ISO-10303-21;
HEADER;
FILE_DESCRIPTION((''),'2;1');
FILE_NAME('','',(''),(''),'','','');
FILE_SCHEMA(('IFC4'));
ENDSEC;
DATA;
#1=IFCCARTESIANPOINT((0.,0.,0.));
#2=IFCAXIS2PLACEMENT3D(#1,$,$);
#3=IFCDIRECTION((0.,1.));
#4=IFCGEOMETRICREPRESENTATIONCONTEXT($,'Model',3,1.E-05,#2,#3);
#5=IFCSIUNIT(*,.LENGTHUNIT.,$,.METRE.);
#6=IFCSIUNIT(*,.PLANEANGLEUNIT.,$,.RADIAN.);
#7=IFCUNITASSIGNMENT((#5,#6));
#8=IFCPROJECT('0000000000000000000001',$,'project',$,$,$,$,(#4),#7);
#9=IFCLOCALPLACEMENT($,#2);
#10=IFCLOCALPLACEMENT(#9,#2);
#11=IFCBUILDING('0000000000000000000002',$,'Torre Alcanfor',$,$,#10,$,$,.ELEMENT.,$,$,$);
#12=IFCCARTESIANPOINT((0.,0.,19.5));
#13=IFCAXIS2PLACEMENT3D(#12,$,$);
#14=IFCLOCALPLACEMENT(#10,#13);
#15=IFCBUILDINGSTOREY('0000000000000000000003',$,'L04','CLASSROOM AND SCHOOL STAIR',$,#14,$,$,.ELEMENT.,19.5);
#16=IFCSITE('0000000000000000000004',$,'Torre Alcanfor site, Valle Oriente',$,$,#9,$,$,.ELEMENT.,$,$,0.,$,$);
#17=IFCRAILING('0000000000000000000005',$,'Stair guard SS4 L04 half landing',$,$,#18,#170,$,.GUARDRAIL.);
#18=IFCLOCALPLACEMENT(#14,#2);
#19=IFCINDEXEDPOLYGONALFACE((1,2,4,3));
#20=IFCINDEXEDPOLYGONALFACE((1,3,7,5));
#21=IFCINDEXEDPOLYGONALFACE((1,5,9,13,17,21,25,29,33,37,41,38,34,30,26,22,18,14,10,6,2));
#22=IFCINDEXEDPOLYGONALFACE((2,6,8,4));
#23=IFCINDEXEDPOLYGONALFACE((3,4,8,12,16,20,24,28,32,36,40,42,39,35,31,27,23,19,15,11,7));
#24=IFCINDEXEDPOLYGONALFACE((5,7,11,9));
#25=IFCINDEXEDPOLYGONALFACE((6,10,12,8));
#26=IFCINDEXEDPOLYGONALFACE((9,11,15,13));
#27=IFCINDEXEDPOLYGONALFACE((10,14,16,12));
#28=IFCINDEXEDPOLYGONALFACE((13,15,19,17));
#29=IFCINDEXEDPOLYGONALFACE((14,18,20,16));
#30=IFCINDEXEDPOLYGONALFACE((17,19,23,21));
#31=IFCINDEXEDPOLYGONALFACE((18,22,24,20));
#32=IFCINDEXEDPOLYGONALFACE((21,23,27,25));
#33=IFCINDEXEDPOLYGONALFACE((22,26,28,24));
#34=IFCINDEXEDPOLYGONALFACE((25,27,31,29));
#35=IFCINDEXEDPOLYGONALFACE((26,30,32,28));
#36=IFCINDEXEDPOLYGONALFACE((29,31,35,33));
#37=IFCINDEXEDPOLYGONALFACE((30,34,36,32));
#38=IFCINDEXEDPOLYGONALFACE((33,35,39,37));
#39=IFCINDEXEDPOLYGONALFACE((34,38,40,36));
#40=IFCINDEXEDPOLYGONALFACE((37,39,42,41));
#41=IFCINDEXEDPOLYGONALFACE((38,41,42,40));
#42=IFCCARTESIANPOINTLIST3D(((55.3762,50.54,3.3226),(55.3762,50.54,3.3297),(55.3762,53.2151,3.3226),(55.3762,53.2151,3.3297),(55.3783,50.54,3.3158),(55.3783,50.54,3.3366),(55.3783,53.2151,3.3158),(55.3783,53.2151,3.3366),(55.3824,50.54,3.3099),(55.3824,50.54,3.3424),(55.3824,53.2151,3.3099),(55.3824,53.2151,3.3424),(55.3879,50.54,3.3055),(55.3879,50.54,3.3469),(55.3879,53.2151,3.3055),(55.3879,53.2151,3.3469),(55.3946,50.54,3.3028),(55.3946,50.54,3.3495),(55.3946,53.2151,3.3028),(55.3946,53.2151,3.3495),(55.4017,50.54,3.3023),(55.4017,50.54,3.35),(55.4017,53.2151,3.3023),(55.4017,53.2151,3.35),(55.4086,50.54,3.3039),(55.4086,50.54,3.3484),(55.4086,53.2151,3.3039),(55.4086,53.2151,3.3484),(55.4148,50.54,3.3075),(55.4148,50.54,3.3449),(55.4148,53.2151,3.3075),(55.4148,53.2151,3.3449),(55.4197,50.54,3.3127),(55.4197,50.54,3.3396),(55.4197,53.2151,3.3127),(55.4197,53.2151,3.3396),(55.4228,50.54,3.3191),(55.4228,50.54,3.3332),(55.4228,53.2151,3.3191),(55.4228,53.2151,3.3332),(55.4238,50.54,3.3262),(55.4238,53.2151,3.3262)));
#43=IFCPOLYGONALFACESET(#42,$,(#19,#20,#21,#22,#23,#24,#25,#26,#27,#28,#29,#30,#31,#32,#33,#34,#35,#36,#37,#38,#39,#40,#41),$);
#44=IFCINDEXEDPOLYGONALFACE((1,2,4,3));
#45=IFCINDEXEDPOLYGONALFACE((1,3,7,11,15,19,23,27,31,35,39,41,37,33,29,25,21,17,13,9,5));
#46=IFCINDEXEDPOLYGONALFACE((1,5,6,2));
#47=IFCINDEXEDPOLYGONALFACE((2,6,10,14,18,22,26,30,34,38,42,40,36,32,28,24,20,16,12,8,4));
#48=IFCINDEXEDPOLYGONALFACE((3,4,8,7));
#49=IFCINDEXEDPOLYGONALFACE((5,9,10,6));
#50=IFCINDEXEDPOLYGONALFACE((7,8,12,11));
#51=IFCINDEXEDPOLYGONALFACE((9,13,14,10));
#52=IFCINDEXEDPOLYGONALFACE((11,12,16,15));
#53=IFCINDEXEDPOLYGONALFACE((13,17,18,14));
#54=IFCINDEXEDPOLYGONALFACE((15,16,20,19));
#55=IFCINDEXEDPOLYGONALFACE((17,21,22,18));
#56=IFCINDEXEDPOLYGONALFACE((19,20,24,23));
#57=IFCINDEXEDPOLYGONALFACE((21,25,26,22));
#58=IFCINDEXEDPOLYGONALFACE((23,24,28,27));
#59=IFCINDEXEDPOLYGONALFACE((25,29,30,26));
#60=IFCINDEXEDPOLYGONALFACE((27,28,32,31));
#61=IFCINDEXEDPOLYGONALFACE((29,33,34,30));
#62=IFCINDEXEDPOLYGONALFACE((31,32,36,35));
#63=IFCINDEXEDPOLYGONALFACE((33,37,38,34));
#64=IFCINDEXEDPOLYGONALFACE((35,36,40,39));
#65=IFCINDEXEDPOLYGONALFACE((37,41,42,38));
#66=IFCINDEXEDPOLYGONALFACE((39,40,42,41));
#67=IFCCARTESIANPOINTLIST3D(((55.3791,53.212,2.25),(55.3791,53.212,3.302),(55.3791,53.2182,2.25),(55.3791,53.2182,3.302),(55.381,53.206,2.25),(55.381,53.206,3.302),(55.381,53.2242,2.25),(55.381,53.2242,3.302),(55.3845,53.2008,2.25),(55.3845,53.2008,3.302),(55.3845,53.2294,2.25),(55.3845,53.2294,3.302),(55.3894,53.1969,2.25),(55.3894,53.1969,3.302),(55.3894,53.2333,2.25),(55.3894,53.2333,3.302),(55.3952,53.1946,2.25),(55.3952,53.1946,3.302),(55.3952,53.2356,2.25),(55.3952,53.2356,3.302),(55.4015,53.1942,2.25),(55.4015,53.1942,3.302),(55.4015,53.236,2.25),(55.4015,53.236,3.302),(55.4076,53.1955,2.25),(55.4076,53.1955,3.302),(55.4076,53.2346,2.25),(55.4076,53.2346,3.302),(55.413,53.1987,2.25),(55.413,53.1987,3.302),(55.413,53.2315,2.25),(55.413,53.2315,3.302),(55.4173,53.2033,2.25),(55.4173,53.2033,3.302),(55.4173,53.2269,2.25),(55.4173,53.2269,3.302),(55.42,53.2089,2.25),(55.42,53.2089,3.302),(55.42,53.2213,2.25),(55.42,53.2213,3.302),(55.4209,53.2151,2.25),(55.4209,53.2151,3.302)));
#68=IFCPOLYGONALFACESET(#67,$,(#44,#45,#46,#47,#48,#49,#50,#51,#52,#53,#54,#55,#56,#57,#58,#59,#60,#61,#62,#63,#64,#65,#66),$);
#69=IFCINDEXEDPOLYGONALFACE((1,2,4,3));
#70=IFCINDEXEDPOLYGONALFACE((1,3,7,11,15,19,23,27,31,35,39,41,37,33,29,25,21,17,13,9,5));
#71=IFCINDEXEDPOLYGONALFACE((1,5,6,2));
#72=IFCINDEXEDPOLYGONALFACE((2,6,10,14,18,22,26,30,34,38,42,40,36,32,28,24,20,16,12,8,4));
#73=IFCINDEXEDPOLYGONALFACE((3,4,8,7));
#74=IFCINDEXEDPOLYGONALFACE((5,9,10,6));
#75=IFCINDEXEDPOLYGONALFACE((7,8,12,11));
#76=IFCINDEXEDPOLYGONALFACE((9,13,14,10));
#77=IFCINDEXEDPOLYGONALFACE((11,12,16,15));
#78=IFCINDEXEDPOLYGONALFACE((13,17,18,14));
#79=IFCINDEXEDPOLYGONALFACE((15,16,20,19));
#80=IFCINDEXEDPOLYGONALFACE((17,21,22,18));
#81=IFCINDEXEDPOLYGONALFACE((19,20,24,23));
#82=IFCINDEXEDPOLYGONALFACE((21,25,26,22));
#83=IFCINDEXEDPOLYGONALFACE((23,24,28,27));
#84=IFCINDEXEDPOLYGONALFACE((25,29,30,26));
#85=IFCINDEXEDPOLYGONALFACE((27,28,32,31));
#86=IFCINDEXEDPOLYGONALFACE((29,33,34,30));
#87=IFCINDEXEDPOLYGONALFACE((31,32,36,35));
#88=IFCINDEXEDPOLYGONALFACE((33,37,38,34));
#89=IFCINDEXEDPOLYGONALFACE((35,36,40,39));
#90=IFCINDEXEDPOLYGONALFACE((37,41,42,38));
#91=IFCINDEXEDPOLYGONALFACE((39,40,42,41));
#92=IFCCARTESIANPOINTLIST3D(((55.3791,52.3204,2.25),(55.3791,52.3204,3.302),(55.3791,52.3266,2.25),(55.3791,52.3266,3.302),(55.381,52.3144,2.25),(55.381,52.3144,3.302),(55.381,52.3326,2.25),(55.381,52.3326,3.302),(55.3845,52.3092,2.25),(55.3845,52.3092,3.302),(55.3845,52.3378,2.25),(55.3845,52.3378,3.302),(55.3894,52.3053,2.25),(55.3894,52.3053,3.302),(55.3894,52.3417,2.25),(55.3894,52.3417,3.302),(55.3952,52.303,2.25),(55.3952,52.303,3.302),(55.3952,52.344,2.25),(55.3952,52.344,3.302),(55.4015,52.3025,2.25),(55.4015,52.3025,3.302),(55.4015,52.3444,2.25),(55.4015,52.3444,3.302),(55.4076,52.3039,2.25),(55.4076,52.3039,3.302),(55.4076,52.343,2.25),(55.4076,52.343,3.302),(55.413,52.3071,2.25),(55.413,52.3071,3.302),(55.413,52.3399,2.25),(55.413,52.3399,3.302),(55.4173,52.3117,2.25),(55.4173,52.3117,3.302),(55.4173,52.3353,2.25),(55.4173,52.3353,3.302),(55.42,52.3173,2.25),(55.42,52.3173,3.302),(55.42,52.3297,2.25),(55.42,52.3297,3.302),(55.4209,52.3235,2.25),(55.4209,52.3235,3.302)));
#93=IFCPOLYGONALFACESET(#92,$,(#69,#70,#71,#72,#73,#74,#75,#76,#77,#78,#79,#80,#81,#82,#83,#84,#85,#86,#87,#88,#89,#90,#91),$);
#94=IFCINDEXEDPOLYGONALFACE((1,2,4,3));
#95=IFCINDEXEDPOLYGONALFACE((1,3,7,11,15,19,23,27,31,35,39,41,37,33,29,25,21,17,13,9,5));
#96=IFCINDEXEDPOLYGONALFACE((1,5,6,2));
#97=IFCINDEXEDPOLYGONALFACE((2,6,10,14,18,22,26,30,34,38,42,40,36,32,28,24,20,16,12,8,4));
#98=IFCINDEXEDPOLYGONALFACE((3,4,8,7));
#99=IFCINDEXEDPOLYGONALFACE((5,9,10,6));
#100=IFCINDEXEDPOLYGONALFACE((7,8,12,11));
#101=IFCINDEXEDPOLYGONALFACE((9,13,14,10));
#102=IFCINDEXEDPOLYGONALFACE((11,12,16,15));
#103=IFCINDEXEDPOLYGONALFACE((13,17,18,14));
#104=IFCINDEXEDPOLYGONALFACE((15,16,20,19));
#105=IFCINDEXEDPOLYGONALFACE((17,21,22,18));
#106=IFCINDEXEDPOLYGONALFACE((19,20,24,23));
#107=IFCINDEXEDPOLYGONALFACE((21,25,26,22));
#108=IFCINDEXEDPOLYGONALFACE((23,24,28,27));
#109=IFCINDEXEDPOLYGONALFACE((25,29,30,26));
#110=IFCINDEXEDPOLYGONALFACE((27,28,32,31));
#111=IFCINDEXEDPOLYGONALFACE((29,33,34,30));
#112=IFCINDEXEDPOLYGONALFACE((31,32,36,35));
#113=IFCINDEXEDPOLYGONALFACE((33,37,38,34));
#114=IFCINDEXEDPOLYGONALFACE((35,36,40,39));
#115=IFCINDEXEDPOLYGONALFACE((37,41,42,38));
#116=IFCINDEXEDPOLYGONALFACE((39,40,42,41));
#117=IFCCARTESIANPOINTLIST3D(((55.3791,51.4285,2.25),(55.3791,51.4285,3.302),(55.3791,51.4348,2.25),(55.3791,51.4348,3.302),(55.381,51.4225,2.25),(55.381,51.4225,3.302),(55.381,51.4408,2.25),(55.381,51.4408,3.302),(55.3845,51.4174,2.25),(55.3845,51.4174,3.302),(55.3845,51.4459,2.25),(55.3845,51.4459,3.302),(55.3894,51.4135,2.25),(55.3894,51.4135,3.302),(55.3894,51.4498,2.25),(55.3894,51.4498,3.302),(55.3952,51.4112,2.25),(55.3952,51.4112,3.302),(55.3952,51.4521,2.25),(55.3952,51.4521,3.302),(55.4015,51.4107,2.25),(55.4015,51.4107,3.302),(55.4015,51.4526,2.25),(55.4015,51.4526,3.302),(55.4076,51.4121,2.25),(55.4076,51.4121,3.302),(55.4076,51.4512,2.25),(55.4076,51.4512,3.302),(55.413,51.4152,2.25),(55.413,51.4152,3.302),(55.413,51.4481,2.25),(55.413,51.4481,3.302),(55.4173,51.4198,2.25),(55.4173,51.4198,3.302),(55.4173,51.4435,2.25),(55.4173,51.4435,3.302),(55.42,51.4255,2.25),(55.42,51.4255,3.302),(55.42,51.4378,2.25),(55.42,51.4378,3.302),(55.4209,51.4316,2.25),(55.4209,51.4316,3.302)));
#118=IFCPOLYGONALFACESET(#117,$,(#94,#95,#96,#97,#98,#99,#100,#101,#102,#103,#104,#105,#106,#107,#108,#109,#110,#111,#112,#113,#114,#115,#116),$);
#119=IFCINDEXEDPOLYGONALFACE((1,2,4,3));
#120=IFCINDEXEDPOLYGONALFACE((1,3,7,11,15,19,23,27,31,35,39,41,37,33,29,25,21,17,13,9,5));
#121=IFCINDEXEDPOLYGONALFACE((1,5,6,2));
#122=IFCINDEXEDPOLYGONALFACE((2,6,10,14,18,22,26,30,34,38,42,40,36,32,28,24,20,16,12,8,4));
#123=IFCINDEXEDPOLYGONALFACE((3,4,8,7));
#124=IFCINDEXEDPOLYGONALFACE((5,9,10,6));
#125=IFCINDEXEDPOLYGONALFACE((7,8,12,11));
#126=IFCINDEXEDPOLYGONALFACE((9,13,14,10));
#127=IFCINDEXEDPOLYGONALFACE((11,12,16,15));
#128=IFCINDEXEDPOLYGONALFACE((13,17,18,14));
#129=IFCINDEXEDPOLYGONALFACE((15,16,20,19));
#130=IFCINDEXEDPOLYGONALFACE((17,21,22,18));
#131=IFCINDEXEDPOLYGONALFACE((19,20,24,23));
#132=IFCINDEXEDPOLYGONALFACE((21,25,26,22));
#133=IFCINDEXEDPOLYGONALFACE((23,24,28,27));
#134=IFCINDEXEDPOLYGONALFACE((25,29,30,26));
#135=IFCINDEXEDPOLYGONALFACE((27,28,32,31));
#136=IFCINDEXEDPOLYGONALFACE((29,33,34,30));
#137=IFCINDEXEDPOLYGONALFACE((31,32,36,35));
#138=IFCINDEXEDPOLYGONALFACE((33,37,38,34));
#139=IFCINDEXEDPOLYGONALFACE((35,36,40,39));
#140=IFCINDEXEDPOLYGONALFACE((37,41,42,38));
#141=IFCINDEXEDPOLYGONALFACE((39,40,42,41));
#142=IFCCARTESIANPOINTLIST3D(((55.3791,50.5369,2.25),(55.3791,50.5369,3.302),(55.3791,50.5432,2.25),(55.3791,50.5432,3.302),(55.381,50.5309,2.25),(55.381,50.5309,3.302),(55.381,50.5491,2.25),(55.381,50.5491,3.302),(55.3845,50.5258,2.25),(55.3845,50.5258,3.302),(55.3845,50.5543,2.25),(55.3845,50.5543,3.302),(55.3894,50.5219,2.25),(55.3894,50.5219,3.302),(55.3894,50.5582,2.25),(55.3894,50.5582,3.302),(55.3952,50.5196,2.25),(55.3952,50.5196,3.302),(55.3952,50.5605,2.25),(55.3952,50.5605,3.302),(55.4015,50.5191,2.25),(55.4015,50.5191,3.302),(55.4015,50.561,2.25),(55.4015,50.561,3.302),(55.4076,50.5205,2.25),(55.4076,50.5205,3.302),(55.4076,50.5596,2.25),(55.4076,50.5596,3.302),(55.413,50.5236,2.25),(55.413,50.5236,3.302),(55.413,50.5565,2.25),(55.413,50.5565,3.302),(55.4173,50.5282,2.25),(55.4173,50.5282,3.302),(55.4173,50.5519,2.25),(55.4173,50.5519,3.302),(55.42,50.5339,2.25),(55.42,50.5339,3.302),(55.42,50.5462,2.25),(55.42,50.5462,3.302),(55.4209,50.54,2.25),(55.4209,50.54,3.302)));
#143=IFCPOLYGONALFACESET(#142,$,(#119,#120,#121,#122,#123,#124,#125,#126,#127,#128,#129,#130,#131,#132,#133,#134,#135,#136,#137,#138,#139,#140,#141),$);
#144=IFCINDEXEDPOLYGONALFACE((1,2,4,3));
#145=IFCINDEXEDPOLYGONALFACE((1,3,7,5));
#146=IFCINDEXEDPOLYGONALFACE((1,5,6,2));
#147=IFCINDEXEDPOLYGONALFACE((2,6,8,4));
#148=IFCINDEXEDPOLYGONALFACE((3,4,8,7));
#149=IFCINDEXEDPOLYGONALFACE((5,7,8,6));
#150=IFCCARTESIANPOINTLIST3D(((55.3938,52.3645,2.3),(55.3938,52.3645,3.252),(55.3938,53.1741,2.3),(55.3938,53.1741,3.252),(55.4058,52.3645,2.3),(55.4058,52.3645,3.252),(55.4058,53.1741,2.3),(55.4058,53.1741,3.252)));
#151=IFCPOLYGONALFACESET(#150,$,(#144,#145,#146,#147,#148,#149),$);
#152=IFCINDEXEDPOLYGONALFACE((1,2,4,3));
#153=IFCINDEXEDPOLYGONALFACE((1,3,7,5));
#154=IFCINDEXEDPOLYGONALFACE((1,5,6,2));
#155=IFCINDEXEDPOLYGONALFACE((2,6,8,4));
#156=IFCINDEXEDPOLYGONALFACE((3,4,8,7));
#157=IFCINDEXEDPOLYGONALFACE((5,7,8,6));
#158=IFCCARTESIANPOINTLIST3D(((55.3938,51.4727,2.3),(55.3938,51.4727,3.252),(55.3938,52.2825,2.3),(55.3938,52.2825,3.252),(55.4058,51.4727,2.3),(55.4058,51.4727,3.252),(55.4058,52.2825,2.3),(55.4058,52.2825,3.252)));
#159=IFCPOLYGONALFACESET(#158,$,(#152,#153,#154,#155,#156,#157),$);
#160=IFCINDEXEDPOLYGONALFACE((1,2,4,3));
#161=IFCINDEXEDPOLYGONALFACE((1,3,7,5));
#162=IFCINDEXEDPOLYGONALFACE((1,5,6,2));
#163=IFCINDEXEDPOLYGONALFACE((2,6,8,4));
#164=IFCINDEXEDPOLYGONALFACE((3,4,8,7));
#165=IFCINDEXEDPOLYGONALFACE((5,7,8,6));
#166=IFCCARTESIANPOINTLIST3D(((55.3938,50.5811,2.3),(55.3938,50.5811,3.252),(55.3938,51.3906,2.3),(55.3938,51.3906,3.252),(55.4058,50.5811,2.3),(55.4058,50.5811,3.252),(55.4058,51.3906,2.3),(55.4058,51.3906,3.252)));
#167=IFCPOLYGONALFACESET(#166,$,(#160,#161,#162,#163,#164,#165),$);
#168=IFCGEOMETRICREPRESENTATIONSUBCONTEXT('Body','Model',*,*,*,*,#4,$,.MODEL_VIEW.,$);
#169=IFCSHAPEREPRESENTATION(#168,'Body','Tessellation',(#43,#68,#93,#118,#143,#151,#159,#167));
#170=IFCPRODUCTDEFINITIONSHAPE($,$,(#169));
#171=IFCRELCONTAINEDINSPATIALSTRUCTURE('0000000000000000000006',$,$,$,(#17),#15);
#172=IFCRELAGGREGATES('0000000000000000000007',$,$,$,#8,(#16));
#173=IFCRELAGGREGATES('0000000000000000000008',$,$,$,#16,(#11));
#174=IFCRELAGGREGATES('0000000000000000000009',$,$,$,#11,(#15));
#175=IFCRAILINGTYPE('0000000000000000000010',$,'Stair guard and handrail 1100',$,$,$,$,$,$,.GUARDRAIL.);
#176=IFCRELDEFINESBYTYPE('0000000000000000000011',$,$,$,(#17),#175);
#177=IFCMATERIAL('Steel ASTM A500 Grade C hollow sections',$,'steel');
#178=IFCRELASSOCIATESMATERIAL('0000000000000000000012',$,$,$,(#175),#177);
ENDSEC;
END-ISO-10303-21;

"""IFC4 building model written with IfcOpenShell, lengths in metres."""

from ifc_helpers import new_model, si_unit, direction, frame, origin, origin_2d, place, context, subcontext, project, spatial, polyline, circle, outline, extrude, material, type_object, element, save


model = new_model("IFC4")

# Units and contexts
model_context = context("Model", 3, precision=1e-05, world=origin(), true_north=direction((0.0, 1.0)))
body_context = subcontext(model_context, "Body", "Model", "MODEL_VIEW")
ifc_project = project(units=[si_unit("LENGTHUNIT", "METRE"), si_unit("PLANEANGLEUNIT", "RADIAN")], contexts=[model_context])

# Site, building, storey
site_placement = place(None, origin())
site = spatial("IfcSite", under=ifc_project, at=site_placement, Name="Torre Alcanfor site, Valle Oriente", CompositionType="ELEMENT", RefElevation=0.0)
building_placement = place(site_placement, origin())
building = spatial("IfcBuilding", under=site, at=building_placement, Name="Torre Alcanfor", CompositionType="ELEMENT")
storey_placement = place(building_placement, frame((0.0, 0.0, 19.5)))
storey = spatial("IfcBuildingStorey", under=building, at=storey_placement, Name="L04", Description="CLASSROOM AND SCHOOL STAIR", CompositionType="ELEMENT", Elevation=19.5)

# Railing
ifc_material_1 = material(Name="Steel ASTM A500 Grade C hollow sections", Category="steel")
railing_type_1 = type_object("IfcRailingType", Name="Stair guard and handrail 1100", PredefinedType="GUARDRAIL", material=ifc_material_1)
railing_1_placement = place(storey_placement, frame((55.3999, 53.2151, 2.25)))
element("IfcRailing", 1, at=railing_1_placement, inside=storey, type_object=railing_type_1, Name="Stair guard SS4 L04 half landing", PredefinedType="GUARDRAIL", context=body_context, shape_type="SweptSolid", body=[
    extrude(circle(Radius=0.0239, at=origin_2d()), frame((0.0, 0.0, 1.0762), z_axis=(0.0, -1.0, 0.0), x_axis=(1.0, 0.0, 0.0)), (0.0, 0.0, 1.0), 2.675),
    extrude(circle(Radius=0.021, at=origin_2d()), origin(), (0.0, 0.0, 1.0), 1.052),
    extrude(circle(Radius=0.021, at=origin_2d()), frame((0.0, -0.8916, 0.0)), (0.0, 0.0, 1.0), 1.052),
    extrude(circle(Radius=0.021, at=origin_2d()), frame((0.0, -1.7834, 0.0)), (0.0, 0.0, 1.0), 1.052),
    extrude(circle(Radius=0.021, at=origin_2d()), frame((0.0, -2.675, 0.0)), (0.0, 0.0, 1.0), 1.052),
    extrude(outline(polyline([(0.041, 0.05), (0.8506, 0.05), (0.8506, 1.002), (0.041, 1.002), (0.041, 0.05)])), frame((0.0059, 0.0, 0.0), z_axis=(-1.0, 0.0, 0.0), x_axis=(0.0, -1.0, 0.0)), (0.0, 0.0, 1.0), 0.012),
    extrude(outline(polyline([(0.9326, 0.05), (1.7424, 0.05), (1.7424, 1.002), (0.9326, 1.002), (0.9326, 0.05)])), frame((0.0059, 0.0, 0.0), z_axis=(-1.0, 0.0, 0.0), x_axis=(0.0, -1.0, 0.0)), (0.0, 0.0, 1.0), 0.012),
    extrude(outline(polyline([(1.8245, 0.05), (2.634, 0.05), (2.634, 1.002), (1.8245, 1.002), (1.8245, 0.05)])), frame((0.0059, 0.0, 0.0), z_axis=(-1.0, 0.0, 0.0), x_axis=(0.0, -1.0, 0.0)), (0.0, 0.0, 1.0), 0.012),
])

save(model, "model.ifc")
